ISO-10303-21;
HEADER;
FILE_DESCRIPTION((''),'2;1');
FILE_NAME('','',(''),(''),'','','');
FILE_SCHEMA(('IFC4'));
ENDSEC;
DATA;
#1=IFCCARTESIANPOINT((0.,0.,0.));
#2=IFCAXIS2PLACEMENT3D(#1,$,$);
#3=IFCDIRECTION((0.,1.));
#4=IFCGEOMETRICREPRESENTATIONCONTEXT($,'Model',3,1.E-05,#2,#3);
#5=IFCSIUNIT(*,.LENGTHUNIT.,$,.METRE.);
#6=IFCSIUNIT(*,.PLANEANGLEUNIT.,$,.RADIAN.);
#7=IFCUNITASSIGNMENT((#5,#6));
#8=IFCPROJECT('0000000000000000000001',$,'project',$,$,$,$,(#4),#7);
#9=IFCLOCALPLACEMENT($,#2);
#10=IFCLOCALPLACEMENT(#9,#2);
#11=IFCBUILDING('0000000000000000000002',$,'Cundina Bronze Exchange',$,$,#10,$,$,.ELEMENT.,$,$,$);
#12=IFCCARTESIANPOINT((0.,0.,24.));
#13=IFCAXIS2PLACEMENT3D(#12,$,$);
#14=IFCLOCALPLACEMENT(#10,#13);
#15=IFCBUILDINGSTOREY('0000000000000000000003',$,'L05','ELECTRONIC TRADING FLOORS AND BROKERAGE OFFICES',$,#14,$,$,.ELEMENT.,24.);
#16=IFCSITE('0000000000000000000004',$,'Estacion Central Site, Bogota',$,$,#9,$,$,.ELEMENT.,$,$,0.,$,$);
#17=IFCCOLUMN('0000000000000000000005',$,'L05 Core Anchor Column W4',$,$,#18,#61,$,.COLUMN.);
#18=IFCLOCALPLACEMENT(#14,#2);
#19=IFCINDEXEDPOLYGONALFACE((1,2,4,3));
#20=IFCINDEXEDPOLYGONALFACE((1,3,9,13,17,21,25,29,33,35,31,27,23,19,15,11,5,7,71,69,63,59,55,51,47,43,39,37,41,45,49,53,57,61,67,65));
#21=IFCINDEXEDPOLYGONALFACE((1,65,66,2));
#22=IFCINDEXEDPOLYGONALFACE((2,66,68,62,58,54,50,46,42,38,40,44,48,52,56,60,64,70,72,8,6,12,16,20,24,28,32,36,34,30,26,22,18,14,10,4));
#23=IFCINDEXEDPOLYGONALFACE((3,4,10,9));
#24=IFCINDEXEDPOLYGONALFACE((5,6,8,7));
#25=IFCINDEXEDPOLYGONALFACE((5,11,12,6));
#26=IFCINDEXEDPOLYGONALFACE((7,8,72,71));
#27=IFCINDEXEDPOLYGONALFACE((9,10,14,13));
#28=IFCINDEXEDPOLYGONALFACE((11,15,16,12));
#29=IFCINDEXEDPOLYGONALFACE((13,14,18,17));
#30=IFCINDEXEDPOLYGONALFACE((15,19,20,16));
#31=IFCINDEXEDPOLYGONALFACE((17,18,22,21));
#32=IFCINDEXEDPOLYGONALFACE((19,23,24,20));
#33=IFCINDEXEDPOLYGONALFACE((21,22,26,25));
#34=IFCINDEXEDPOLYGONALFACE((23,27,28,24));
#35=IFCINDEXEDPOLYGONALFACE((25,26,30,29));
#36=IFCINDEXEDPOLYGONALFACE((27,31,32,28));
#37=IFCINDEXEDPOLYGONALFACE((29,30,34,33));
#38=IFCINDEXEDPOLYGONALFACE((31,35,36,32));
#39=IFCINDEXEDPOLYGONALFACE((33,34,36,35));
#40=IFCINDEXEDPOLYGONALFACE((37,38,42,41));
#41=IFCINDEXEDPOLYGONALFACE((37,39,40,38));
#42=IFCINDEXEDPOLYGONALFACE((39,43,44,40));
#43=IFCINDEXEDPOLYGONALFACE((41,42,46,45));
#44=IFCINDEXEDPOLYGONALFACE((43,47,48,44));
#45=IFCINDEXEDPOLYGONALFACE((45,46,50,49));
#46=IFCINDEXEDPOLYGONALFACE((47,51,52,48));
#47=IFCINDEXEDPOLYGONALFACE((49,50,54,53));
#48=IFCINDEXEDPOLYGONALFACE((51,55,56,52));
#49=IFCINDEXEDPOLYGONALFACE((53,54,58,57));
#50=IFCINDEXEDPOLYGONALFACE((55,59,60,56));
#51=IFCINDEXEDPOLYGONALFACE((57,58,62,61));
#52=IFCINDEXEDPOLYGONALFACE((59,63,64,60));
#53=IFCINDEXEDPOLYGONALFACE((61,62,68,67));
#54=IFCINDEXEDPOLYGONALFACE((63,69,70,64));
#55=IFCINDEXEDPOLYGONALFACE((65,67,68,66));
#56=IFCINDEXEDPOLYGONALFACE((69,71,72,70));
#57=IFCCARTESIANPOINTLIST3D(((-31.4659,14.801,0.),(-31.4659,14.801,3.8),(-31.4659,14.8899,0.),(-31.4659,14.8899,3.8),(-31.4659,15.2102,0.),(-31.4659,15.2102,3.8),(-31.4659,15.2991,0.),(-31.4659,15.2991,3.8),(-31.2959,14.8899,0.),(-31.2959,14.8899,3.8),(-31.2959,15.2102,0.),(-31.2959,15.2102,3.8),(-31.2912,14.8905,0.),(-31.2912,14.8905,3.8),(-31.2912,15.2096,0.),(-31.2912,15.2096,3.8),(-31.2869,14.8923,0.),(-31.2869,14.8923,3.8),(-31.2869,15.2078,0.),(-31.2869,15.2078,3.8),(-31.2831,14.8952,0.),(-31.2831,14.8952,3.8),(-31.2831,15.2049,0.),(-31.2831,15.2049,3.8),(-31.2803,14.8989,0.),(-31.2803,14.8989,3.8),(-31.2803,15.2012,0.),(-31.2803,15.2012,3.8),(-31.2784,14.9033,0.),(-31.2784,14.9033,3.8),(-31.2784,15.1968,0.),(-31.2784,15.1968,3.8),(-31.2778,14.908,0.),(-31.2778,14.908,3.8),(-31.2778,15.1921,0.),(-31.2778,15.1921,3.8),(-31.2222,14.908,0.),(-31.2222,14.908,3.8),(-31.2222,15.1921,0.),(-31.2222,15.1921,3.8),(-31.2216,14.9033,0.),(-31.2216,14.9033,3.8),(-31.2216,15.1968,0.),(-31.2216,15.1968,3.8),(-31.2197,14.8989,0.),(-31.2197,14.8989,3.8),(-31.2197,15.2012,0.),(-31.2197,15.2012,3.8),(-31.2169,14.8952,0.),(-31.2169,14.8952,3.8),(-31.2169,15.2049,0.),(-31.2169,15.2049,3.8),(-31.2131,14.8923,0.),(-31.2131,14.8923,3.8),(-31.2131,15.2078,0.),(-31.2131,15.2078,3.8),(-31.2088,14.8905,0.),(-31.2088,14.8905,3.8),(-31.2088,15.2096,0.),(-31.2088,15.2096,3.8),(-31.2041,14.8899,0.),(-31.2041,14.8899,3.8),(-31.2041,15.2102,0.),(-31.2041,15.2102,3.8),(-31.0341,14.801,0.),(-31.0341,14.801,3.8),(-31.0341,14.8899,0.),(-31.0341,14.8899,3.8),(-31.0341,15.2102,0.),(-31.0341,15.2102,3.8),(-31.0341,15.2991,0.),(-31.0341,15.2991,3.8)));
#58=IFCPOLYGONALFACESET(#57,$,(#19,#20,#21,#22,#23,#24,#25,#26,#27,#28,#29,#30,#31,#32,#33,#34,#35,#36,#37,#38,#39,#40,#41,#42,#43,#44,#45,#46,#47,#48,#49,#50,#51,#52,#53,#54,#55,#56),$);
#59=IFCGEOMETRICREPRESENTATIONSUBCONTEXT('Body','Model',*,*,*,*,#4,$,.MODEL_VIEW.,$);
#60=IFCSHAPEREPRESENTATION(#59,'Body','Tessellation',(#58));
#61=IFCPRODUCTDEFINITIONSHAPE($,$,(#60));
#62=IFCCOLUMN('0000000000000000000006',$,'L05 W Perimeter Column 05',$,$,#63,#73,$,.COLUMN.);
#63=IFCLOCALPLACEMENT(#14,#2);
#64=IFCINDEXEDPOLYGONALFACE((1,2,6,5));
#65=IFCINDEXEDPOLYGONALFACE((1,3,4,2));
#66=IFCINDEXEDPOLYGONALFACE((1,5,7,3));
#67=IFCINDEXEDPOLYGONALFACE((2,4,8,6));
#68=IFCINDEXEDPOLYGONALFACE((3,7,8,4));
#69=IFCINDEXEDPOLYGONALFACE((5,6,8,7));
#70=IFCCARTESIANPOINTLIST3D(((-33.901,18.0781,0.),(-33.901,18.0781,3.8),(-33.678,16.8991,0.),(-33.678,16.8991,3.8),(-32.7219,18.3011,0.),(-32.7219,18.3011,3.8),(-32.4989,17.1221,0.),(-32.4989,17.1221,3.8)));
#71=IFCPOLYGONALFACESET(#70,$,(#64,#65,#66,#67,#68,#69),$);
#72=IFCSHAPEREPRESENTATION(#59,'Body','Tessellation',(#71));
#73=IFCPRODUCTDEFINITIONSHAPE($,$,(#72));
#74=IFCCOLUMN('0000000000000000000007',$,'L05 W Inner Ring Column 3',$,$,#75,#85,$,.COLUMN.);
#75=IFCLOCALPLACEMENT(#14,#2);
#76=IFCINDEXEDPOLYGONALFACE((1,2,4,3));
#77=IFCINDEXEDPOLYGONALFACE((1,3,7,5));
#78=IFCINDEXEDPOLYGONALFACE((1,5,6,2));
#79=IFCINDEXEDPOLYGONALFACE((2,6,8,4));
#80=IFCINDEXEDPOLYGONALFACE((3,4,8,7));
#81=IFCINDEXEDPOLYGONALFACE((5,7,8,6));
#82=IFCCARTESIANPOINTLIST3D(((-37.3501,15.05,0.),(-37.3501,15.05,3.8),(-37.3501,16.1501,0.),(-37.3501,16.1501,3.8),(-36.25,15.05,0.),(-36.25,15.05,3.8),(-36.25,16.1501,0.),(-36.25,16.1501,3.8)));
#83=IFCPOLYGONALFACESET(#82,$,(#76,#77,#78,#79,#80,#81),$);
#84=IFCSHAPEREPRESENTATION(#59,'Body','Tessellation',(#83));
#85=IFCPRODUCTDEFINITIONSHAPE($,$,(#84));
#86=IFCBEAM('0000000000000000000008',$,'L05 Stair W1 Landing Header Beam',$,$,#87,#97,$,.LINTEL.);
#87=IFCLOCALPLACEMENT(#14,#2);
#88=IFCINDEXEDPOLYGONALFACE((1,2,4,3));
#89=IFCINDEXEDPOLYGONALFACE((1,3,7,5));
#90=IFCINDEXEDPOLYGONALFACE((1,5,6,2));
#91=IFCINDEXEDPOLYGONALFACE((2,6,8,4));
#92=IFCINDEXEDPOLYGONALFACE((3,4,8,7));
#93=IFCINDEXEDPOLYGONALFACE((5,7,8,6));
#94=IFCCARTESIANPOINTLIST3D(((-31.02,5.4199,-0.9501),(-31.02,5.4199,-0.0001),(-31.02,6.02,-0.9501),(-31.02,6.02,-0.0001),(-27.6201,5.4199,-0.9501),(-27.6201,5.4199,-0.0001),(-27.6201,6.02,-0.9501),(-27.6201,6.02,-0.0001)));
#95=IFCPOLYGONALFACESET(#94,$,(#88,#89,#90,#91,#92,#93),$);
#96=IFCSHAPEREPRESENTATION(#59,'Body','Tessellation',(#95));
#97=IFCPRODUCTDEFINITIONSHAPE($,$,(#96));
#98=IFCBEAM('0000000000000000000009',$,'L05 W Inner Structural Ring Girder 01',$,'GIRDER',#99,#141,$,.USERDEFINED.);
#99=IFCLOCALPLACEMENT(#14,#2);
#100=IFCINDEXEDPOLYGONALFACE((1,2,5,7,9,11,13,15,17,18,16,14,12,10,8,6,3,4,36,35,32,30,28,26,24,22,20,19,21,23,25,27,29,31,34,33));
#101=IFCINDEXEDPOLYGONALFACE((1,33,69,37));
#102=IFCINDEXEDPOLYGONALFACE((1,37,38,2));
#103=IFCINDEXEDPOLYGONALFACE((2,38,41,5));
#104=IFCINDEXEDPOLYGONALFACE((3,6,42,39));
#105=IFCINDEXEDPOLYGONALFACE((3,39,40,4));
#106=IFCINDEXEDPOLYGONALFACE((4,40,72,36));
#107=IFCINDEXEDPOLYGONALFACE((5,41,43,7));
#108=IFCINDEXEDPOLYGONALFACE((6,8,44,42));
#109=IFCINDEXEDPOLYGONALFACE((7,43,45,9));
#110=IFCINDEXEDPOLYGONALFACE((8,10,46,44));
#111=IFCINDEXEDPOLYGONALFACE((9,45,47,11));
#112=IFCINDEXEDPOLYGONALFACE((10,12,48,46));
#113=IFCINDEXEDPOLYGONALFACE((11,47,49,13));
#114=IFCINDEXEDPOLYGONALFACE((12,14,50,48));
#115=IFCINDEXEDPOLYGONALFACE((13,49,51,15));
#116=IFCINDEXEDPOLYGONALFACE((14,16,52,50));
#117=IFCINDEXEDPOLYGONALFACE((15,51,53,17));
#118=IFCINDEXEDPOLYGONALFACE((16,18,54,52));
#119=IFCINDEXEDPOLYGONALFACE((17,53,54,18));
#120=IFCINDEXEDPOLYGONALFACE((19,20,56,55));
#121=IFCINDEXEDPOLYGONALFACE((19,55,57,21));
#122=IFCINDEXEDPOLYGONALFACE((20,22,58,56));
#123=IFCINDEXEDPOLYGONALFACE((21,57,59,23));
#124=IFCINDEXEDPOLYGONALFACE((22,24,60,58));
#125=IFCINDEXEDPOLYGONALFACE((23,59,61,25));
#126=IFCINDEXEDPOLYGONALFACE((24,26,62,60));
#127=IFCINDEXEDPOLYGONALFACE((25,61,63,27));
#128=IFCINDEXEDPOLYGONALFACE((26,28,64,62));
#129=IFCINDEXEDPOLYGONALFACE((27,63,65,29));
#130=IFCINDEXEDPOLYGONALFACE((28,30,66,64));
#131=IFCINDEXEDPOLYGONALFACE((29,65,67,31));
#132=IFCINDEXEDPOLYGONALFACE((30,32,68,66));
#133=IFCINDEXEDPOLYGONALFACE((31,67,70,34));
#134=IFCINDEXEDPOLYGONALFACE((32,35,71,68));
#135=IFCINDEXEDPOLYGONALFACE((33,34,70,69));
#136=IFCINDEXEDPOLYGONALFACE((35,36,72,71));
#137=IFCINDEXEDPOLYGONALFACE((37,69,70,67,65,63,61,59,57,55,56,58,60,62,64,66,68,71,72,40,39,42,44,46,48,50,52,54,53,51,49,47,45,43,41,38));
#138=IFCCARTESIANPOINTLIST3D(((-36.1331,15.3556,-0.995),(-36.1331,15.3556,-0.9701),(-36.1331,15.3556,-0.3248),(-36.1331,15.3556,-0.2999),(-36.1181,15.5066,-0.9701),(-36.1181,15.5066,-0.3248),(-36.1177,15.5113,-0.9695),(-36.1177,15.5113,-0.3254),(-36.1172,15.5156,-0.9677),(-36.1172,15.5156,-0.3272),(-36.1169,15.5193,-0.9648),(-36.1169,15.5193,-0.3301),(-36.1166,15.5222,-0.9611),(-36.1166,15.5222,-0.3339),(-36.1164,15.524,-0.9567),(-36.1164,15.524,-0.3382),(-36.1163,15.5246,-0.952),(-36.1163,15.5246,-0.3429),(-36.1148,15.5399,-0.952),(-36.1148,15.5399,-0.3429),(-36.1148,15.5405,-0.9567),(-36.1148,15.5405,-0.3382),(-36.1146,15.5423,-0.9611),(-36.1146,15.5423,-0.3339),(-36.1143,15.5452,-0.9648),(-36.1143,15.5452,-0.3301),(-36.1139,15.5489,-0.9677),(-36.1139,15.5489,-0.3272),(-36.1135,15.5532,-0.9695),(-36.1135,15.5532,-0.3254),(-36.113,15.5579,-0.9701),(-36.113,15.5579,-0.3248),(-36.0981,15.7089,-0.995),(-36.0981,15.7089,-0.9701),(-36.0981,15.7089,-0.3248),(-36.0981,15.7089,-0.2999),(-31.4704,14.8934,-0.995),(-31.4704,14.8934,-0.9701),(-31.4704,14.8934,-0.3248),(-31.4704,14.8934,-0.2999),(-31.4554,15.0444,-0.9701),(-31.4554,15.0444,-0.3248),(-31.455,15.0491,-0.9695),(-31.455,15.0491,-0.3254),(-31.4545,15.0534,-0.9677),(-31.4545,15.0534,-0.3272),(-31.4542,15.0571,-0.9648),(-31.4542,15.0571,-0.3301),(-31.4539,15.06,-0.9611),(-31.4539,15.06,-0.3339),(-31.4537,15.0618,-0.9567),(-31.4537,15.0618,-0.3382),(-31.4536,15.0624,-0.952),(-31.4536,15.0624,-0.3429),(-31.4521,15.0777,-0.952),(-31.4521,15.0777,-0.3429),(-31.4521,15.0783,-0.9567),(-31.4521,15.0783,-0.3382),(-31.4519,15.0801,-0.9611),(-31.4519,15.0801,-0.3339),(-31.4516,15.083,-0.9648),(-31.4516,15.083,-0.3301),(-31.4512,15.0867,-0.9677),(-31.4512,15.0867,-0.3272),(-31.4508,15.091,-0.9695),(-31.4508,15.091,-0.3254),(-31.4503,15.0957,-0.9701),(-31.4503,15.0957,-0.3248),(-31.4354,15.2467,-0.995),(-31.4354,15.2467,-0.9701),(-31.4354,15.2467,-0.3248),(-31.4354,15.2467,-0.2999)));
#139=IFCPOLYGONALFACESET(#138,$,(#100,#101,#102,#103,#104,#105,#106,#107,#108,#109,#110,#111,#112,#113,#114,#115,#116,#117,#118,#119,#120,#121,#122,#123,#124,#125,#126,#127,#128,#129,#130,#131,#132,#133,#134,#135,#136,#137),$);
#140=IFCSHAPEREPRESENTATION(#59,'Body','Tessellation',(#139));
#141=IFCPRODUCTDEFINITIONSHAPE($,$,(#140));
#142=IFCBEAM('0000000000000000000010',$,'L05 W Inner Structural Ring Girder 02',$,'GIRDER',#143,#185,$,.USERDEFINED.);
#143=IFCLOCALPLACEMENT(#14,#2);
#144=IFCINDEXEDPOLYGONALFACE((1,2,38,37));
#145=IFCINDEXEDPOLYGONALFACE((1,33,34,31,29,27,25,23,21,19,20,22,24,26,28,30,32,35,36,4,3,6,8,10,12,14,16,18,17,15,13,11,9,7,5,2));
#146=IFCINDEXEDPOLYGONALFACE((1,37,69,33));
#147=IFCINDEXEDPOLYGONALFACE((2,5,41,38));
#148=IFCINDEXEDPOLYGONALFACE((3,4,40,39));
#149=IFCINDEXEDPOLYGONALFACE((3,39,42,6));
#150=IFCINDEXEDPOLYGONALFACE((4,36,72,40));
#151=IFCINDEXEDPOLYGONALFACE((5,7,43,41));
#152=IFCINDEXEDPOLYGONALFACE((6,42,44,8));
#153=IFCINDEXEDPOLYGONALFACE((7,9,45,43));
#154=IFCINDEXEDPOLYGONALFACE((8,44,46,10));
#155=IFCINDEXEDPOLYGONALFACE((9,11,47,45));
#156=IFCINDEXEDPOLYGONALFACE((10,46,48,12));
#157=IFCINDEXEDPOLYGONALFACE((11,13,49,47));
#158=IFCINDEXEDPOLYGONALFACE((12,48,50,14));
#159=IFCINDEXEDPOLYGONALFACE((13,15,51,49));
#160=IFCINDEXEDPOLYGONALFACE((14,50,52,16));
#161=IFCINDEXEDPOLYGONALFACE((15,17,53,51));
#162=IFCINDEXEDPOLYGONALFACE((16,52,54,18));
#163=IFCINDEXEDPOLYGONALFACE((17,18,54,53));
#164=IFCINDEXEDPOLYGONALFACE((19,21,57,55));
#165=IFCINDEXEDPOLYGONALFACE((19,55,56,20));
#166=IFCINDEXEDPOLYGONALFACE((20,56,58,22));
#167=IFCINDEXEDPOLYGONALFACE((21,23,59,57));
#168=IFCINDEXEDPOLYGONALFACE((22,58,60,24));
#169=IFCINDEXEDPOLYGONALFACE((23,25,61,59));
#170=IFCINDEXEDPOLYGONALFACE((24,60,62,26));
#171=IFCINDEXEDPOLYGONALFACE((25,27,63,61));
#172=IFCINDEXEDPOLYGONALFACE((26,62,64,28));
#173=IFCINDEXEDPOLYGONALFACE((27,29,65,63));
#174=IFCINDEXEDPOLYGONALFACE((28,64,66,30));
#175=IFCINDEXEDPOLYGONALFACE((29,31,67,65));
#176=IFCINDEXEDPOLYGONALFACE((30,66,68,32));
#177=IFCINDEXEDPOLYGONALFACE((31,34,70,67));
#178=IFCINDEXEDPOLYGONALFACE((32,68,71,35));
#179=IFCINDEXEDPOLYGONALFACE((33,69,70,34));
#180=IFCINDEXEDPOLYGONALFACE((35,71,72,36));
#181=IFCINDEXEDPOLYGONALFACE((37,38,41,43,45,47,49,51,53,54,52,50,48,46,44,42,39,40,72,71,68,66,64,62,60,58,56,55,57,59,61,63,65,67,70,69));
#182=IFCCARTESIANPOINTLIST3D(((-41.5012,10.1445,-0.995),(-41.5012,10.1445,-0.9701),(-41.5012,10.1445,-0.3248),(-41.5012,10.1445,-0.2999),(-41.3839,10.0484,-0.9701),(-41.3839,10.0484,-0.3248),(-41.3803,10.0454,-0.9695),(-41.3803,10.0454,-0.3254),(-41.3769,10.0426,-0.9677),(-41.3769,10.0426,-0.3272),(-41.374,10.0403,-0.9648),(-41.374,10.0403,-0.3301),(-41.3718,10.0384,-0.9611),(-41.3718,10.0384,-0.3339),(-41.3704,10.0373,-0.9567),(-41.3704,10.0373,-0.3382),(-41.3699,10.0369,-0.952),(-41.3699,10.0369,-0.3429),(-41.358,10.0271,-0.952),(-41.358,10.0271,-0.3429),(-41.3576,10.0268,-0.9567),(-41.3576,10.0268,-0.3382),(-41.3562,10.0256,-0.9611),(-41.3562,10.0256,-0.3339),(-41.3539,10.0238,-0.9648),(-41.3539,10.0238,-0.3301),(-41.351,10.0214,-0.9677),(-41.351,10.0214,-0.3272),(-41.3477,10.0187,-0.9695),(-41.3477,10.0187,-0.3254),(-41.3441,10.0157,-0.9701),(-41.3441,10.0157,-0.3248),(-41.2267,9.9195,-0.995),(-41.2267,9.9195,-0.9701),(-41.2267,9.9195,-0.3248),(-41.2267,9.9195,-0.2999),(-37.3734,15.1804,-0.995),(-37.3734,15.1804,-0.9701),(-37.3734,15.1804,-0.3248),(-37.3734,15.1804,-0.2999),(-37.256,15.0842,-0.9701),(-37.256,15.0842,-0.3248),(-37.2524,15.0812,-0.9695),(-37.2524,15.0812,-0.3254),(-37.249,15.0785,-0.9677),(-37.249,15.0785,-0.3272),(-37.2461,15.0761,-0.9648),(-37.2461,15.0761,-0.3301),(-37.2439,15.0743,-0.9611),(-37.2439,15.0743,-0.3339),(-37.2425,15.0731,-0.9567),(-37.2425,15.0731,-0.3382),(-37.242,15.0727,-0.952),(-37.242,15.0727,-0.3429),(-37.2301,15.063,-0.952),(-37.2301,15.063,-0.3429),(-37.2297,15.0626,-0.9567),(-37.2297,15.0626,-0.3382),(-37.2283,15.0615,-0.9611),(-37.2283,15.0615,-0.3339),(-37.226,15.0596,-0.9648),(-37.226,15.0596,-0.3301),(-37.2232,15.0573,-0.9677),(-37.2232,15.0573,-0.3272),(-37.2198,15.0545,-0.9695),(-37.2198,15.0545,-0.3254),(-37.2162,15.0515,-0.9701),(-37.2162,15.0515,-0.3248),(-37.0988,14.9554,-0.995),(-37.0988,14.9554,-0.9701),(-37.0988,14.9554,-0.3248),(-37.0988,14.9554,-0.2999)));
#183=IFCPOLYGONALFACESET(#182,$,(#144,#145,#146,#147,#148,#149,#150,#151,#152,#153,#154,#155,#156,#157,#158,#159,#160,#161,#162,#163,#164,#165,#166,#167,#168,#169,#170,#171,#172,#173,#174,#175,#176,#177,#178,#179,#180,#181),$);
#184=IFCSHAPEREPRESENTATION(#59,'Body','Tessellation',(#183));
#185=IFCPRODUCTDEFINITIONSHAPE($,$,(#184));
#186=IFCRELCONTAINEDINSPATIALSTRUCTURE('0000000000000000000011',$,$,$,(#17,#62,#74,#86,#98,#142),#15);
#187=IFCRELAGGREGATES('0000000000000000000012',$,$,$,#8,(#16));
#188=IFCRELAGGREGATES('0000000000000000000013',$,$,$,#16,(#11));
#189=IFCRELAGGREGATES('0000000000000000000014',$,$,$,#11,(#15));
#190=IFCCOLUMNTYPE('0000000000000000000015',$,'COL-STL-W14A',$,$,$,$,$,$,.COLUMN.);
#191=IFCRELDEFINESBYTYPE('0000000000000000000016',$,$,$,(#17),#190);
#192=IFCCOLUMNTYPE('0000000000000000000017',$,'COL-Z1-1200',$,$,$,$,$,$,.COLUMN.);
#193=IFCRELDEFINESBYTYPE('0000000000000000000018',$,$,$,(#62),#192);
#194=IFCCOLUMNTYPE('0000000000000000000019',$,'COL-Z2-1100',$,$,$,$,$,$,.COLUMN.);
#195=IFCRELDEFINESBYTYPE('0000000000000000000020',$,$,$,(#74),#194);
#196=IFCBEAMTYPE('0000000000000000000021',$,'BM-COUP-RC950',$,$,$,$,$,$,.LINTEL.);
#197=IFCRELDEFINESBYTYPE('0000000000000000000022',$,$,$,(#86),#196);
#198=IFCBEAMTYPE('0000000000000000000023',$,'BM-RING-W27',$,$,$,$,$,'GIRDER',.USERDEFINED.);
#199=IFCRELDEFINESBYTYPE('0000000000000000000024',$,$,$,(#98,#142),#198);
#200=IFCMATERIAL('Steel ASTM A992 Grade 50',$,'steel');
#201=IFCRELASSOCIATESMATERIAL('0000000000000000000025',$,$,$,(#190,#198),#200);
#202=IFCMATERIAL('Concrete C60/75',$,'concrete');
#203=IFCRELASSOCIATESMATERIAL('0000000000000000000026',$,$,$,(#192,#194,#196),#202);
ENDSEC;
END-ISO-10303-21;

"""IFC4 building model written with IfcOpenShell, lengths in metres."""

from ifc_helpers import new_model, si_unit, direction, frame, origin, origin_2d, place, context, subcontext, project, spatial, rectangle, i_section, extrude, material, material_profile, profile_set, type_object, element, save


model = new_model("IFC4")

# Units and contexts
model_context = context("Model", 3, precision=1e-05, world=origin(), true_north=direction((0.0, 1.0)))
body_context = subcontext(model_context, "Body", "Model", "MODEL_VIEW")
ifc_project = project(units=[si_unit("LENGTHUNIT", "METRE"), si_unit("PLANEANGLEUNIT", "RADIAN")], contexts=[model_context])

# Site, building, storey
site_placement = place(None, origin())
site = spatial("IfcSite", under=ifc_project, at=site_placement, Name="Estacion Central Site, Bogota", CompositionType="ELEMENT", RefElevation=0.0)
building_placement = place(site_placement, origin())
building = spatial("IfcBuilding", under=site, at=building_placement, Name="Cundina Bronze Exchange", CompositionType="ELEMENT")
storey_placement = place(building_placement, frame((0.0, 0.0, 24.0)))
storey = spatial("IfcBuildingStorey", under=building, at=storey_placement, Name="L05", Description="ELECTRONIC TRADING FLOORS AND BROKERAGE OFFICES", CompositionType="ELEMENT", Elevation=24.0)

# Columns
ifc_material_1 = material(Name="Steel ASTM A992 Grade 50", Category="steel")
ifc_material_profile_1 = material_profile(ifc_material_1, i_section(OverallWidth=0.4319, OverallDepth=0.498, WebThickness=0.0557, FlangeThickness=0.0889, FilletRadius=0.0181, at=origin_2d()), Name="W14X500", Category="steel")
ifc_profile_set_1 = profile_set([ifc_material_profile_1], Name="Steel ASTM A992 Grade 50")
column_type_1 = type_object("IfcColumnType", Name="COL-STL-W14A", PredefinedType="COLUMN", material=ifc_profile_set_1)
column_1_placement = place(storey_placement, frame((-31.25, 15.05, 0.0), z_axis=(0.0, 0.0, 1.0), x_axis=(1.0, 0.0, 0.0)))
element("IfcColumn", 1, at=column_1_placement, inside=storey, type_object=column_type_1, Name="L05 Core Anchor Column W4", PredefinedType="COLUMN", context=body_context, shape_type="SweptSolid", body=[
    extrude(i_section(OverallWidth=0.4319, OverallDepth=0.498, WebThickness=0.0557, FlangeThickness=0.0889, FilletRadius=0.0181, at=origin_2d()), origin(), (0.0, 0.0, 1.0), 3.8),
])
ifc_material_2 = material(Name="Concrete C60/75", Category="concrete")
ifc_material_profile_2 = material_profile(ifc_material_2, rectangle(XDim=1.2, YDim=1.2, at=origin_2d()), Name="RC1200X1200", Category="concrete")
ifc_profile_set_2 = profile_set([ifc_material_profile_2], Name="Concrete C60/75")
column_type_2 = type_object("IfcColumnType", Name="COL-Z1-1200", PredefinedType="COLUMN", material=ifc_profile_set_2)
column_2_placement = place(storey_placement, frame((-33.2, 17.6001, 0.0), z_axis=(0.0, 0.0, 1.0), x_axis=(-0.98258, -0.185838, 0.0)))
element("IfcColumn", 2, at=column_2_placement, inside=storey, type_object=column_type_2, Name="L05 W Perimeter Column 05", PredefinedType="COLUMN", context=body_context, shape_type="SweptSolid", body=[
    extrude(rectangle(XDim=1.2, YDim=1.2, at=origin_2d()), origin(), (0.0, 0.0, 1.0), 3.8),
])
ifc_material_profile_3 = material_profile(ifc_material_2, rectangle(XDim=1.1001, YDim=1.1001, at=origin_2d()), Name="RC1100X1100", Category="concrete")
ifc_profile_set_3 = profile_set([ifc_material_profile_3], Name="Concrete C60/75")
column_type_3 = type_object("IfcColumnType", Name="COL-Z2-1100", PredefinedType="COLUMN", material=ifc_profile_set_3)
column_3_placement = place(storey_placement, frame((-36.8, 15.6001, 0.0), z_axis=(0.0, 0.0, 1.0), x_axis=(1.0, 0.0, 0.0)))
element("IfcColumn", 3, at=column_3_placement, inside=storey, type_object=column_type_3, Name="L05 W Inner Ring Column 3", PredefinedType="COLUMN", context=body_context, shape_type="SweptSolid", body=[
    extrude(rectangle(XDim=1.1001, YDim=1.1001, at=origin_2d()), origin(), (0.0, 0.0, 1.0), 3.8),
])

# Beams
ifc_material_profile_4 = material_profile(ifc_material_2, rectangle(XDim=0.6001, YDim=0.95, at=origin_2d()), Name="RC600X950", Category="concrete")
ifc_profile_set_4 = profile_set([ifc_material_profile_4], Name="Concrete C60/75")
beam_type_1 = type_object("IfcBeamType", Name="BM-COUP-RC950", PredefinedType="LINTEL", material=ifc_profile_set_4)
beam_1_placement = place(storey_placement, frame((-31.02, 5.72, -0.4751), z_axis=(1.0, 0.0, 0.0), x_axis=(0.0, 1.0, 0.0)))
element("IfcBeam", 4, at=beam_1_placement, inside=storey, type_object=beam_type_1, Name="L05 Stair W1 Landing Header Beam", PredefinedType="LINTEL", context=body_context, shape_type="SweptSolid", body=[
    extrude(rectangle(XDim=0.6001, YDim=0.95, at=origin_2d()), origin(), (0.0, 0.0, 1.0), 3.3999),
])
ifc_material_profile_5 = material_profile(ifc_material_1, i_section(OverallWidth=0.355, OverallDepth=0.6951, WebThickness=0.0154, FlangeThickness=0.0249, FilletRadius=0.0181, at=origin_2d()), Name="W27X146", Category="steel")
ifc_profile_set_5 = profile_set([ifc_material_profile_5], Name="Steel ASTM A992 Grade 50")
beam_type_2 = type_object("IfcBeamType", Name="BM-RING-W27", ElementType="GIRDER", PredefinedType="USERDEFINED", material=ifc_profile_set_5)
beam_2_placement = place(storey_placement, frame((-31.4529, 15.0701, -0.6475), z_axis=(-0.995123, 0.098637, 0.0), x_axis=(-0.098637, -0.995123, 0.0)))
element("IfcBeam", 5, at=beam_2_placement, inside=storey, type_object=beam_type_2, Name="L05 W Inner Structural Ring Girder 01", ObjectType="GIRDER", PredefinedType="USERDEFINED", context=body_context, shape_type="SweptSolid", body=[
    extrude(i_section(OverallWidth=0.355, OverallDepth=0.6951, WebThickness=0.0154, FlangeThickness=0.0249, FilletRadius=0.0181, at=origin_2d()), origin(), (0.0, 0.0, 1.0), 4.6855),
])
beam_3_placement = place(storey_placement, frame((-37.2361, 15.0679, -0.6475), z_axis=(-0.633942, -0.773381, 0.0), x_axis=(0.773381, -0.633942, 0.0)))
element("IfcBeam", 6, at=beam_3_placement, inside=storey, type_object=beam_type_2, Name="L05 W Inner Structural Ring Girder 02", ObjectType="GIRDER", PredefinedType="USERDEFINED", context=body_context, shape_type="SweptSolid", body=[
    extrude(i_section(OverallWidth=0.355, OverallDepth=0.6951, WebThickness=0.0154, FlangeThickness=0.0249, FilletRadius=0.0181, at=origin_2d()), origin(), (0.0, 0.0, 1.0), 6.5115),
])

save(model, "model.ifc")
